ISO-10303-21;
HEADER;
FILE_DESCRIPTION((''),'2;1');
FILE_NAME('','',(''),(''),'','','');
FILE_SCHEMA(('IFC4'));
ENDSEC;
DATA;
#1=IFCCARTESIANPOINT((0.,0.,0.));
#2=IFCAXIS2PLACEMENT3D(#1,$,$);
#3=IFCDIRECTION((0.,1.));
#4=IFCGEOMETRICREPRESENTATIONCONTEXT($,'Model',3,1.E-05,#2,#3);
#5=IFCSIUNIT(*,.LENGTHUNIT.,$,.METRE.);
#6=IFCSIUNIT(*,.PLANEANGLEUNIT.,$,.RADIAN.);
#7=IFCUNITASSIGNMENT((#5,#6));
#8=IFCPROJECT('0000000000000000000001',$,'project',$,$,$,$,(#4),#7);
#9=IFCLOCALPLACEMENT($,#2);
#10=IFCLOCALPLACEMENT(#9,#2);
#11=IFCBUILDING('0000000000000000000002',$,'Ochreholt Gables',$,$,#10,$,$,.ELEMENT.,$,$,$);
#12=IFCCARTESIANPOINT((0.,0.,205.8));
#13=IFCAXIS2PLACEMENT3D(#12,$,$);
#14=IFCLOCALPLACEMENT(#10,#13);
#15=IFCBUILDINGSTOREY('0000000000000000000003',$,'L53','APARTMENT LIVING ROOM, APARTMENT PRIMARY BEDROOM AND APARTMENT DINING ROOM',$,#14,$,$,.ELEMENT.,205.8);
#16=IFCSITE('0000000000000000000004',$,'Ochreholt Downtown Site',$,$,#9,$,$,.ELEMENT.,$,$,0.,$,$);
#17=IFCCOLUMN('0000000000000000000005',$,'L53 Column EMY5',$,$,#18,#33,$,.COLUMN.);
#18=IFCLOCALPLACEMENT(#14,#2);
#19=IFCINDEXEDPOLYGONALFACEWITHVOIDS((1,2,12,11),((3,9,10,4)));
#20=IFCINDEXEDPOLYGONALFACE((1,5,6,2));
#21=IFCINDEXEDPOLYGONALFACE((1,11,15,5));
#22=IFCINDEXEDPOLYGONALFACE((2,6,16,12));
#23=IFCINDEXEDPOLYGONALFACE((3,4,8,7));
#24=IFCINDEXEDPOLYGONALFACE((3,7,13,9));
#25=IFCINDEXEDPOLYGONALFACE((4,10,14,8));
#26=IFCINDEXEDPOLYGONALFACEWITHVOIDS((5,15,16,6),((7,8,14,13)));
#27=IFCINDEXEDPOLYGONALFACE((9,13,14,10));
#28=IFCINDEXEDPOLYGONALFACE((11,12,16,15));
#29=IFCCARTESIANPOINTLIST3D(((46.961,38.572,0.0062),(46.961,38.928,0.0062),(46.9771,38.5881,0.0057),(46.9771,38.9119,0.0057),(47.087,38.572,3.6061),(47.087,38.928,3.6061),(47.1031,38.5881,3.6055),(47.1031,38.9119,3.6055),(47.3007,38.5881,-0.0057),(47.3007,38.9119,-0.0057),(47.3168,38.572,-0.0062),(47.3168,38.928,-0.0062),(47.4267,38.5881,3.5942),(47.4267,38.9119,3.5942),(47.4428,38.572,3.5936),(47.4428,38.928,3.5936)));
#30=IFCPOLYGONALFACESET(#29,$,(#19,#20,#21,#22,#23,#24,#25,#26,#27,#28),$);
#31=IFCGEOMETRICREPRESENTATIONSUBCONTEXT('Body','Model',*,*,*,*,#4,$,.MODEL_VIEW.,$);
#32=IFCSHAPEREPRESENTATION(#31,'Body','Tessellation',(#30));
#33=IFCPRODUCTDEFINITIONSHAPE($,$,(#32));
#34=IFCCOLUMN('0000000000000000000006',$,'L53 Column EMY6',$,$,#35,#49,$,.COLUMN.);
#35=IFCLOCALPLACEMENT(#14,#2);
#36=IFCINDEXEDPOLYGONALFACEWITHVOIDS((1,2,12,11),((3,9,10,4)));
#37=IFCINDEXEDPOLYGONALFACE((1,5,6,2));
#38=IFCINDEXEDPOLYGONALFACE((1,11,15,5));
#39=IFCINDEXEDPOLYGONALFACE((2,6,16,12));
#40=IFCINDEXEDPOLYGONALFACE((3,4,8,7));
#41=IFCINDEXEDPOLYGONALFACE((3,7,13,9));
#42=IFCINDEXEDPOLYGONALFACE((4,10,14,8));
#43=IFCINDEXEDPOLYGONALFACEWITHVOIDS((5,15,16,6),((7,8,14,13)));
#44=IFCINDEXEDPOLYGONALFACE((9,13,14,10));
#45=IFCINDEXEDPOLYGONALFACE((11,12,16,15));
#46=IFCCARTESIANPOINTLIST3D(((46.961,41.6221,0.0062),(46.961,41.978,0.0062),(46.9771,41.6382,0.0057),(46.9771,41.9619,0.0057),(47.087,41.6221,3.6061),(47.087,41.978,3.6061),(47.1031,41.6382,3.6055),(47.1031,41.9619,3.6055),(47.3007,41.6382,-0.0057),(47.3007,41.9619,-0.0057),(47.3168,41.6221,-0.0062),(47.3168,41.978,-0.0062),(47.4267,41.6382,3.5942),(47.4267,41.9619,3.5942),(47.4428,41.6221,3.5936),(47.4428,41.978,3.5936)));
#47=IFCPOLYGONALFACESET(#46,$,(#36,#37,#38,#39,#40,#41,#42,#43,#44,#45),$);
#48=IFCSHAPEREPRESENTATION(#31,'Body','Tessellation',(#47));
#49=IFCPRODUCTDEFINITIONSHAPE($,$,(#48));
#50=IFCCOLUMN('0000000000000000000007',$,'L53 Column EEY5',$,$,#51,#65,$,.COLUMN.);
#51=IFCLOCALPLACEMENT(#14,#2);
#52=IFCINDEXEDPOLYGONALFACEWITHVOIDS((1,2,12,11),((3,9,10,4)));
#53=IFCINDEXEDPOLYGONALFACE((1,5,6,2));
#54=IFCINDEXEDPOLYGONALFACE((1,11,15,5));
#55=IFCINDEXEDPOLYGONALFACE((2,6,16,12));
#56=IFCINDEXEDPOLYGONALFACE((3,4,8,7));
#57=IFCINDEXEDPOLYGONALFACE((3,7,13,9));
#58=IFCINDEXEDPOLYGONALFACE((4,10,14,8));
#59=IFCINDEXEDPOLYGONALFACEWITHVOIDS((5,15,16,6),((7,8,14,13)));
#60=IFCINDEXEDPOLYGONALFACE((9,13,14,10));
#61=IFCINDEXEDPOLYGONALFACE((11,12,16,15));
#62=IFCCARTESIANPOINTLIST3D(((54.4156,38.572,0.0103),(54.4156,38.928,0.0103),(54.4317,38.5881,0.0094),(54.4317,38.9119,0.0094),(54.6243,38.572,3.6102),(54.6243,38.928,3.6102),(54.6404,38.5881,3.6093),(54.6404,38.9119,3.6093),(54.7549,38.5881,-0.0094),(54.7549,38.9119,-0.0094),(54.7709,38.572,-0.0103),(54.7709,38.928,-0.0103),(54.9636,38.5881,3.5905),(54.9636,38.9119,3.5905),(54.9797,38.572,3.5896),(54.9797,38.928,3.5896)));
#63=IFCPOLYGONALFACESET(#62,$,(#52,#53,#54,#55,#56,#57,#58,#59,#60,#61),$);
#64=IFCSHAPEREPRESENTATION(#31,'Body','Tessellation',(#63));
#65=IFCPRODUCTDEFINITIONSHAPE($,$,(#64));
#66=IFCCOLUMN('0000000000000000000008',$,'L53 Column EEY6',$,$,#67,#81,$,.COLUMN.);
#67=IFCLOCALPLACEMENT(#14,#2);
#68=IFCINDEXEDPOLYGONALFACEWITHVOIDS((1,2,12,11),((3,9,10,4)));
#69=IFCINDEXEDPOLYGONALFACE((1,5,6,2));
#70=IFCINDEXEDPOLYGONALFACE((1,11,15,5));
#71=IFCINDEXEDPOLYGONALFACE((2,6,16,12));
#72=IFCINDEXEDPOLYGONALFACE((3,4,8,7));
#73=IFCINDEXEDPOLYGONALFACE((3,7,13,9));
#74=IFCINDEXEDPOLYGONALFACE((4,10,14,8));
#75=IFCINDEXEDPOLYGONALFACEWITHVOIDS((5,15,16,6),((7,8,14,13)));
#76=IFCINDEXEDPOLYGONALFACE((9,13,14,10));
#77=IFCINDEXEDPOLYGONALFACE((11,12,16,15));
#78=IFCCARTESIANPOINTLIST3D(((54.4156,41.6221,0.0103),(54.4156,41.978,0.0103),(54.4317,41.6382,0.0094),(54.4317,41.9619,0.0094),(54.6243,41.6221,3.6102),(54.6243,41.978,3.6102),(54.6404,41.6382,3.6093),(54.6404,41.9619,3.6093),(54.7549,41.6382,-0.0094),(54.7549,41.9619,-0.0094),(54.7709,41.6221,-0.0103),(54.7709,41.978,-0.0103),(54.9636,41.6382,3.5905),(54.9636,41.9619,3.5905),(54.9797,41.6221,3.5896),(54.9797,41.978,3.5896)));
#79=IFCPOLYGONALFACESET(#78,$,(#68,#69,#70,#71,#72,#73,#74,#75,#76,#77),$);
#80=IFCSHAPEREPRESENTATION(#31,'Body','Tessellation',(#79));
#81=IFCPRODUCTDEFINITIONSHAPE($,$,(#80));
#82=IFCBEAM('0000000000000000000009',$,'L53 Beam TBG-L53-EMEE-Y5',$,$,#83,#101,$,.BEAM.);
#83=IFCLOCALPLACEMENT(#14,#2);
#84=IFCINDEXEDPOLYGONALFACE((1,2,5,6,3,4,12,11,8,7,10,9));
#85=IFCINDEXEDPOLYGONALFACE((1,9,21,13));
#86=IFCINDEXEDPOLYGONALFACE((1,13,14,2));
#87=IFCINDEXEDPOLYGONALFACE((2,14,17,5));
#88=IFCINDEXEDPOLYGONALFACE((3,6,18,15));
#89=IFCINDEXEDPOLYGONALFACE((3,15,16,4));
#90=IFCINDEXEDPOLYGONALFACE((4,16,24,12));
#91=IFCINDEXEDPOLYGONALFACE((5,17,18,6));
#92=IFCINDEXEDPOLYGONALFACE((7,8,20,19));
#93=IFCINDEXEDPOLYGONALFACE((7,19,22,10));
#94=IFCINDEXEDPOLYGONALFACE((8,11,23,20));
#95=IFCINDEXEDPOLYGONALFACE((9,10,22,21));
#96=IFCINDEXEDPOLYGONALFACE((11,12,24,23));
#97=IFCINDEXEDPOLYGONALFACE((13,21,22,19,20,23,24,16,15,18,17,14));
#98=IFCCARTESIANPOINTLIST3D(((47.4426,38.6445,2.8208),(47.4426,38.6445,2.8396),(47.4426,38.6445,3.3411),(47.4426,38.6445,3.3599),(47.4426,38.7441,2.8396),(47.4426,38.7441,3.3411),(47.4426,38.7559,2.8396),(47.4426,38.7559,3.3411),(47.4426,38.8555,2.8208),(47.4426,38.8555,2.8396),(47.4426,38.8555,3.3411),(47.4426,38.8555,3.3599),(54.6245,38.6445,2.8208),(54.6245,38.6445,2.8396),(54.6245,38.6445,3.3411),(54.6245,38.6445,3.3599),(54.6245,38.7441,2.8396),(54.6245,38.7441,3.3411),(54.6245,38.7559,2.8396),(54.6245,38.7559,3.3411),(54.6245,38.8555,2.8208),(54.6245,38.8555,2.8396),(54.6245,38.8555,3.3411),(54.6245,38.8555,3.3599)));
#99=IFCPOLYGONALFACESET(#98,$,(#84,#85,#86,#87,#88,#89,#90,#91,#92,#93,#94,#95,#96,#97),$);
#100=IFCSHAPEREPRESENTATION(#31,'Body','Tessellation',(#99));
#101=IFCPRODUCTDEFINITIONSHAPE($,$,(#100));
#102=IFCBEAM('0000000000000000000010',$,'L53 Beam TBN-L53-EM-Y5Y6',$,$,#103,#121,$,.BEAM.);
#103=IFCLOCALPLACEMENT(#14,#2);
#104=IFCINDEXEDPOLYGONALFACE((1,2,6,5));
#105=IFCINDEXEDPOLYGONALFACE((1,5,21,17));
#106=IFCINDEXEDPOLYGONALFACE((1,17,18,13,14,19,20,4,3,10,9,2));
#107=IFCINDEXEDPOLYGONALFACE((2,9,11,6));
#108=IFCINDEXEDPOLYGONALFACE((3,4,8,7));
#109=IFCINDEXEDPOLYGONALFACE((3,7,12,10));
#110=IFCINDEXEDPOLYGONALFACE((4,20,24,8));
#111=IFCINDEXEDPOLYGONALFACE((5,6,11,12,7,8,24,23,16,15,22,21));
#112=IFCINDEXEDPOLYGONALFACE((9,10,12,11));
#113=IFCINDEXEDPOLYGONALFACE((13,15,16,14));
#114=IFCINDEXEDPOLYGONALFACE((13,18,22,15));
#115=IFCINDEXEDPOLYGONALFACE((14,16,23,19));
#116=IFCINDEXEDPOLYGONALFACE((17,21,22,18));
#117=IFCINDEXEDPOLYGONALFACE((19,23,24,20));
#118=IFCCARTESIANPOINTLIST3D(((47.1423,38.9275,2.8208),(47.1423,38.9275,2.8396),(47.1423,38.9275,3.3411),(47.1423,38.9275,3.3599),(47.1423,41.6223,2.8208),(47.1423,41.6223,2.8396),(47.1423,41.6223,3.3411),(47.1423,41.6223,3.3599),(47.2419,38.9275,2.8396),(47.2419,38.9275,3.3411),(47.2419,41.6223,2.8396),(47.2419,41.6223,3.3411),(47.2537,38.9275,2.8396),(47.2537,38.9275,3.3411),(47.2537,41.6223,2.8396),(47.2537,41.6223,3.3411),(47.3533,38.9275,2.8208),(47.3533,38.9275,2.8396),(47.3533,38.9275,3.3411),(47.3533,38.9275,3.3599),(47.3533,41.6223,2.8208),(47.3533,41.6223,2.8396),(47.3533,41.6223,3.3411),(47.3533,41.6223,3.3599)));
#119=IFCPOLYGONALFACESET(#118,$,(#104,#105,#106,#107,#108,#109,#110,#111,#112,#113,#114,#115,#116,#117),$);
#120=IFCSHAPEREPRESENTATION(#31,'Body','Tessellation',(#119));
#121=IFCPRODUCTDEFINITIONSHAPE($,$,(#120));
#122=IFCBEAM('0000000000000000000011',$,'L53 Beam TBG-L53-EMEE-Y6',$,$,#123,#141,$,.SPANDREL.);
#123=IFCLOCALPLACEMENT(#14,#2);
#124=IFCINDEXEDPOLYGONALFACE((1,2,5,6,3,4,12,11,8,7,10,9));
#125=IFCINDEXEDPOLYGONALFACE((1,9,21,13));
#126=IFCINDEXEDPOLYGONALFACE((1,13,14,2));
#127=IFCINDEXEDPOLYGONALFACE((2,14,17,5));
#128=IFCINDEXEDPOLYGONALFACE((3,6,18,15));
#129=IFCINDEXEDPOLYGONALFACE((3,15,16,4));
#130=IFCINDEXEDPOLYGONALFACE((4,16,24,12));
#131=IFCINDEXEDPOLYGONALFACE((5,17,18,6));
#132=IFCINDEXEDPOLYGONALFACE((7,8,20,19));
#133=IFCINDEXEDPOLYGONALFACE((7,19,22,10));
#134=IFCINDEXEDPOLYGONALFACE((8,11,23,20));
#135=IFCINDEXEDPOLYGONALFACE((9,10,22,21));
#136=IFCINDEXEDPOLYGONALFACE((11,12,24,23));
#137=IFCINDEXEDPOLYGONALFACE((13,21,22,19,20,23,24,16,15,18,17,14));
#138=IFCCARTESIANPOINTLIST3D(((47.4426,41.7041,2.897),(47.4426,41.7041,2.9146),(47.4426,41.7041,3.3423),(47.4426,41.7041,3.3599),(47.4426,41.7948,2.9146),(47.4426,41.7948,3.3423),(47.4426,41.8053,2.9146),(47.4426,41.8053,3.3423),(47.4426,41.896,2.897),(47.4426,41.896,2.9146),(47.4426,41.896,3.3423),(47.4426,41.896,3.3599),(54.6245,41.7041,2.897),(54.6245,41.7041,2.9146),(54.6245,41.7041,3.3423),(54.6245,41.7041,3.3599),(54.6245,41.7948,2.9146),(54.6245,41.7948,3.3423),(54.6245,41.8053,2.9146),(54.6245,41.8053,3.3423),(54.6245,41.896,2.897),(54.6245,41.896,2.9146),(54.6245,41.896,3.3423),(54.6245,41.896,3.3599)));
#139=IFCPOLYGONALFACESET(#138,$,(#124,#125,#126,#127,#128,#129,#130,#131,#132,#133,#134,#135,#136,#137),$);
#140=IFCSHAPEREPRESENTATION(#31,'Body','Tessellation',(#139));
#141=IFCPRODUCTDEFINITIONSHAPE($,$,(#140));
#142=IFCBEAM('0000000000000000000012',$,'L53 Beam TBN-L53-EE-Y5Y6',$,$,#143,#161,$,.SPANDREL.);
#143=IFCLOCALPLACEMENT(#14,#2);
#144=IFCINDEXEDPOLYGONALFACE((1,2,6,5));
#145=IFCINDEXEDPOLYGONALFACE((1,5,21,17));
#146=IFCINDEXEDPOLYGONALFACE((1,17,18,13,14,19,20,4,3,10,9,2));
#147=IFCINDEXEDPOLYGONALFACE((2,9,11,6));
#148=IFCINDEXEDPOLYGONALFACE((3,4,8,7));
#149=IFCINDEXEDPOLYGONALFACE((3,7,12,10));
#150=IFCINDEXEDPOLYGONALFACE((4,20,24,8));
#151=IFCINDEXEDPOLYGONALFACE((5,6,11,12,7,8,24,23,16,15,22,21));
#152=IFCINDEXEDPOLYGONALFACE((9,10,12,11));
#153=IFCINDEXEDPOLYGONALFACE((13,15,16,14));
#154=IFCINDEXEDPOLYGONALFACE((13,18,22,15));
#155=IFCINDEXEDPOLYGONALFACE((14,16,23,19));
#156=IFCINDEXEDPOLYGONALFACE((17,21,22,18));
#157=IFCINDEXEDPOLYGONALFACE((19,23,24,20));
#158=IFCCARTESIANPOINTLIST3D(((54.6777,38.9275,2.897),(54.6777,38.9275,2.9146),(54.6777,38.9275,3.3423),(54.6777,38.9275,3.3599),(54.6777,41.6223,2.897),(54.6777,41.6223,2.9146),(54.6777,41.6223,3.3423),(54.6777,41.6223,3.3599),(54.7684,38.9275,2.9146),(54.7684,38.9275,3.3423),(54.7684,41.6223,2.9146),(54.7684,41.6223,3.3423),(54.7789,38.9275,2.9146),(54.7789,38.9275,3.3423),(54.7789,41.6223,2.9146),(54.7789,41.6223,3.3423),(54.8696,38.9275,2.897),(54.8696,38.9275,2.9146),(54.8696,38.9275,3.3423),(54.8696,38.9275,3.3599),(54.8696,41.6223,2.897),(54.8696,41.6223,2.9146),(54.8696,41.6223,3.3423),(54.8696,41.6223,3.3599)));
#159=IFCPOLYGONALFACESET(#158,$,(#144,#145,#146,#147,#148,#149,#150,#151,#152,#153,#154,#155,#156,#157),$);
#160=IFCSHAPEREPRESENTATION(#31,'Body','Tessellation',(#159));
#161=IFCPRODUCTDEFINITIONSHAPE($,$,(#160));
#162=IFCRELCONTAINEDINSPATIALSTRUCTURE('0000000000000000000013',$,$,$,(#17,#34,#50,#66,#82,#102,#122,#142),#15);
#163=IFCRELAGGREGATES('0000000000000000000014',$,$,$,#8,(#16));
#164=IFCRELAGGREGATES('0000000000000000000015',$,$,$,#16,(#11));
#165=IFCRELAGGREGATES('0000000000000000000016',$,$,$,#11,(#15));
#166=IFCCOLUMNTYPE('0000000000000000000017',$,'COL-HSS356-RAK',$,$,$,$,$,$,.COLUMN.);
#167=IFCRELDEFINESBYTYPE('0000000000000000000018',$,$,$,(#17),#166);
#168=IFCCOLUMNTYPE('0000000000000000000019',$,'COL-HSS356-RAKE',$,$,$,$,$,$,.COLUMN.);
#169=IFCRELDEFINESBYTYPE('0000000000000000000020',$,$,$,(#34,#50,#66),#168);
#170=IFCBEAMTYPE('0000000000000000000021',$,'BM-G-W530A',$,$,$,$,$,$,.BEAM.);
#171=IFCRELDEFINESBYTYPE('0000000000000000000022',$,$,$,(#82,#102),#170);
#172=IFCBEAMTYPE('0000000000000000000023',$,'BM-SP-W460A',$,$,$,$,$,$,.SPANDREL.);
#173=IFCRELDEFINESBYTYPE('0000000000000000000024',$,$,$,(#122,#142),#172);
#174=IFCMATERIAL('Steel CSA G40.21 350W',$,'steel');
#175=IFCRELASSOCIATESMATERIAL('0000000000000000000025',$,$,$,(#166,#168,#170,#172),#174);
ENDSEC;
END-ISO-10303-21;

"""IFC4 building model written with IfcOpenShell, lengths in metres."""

from ifc_helpers import new_model, si_unit, direction, frame, origin, origin_2d, place, context, subcontext, project, spatial, hollow_rectangle, i_section, extrude, material, material_profile, profile_set, type_object, element, save


model = new_model("IFC4")

# Units and contexts
model_context = context("Model", 3, precision=1e-05, world=origin(), true_north=direction((0.0, 1.0)))
body_context = subcontext(model_context, "Body", "Model", "MODEL_VIEW")
ifc_project = project(units=[si_unit("LENGTHUNIT", "METRE"), si_unit("PLANEANGLEUNIT", "RADIAN")], contexts=[model_context])

# Site, building, storey
site_placement = place(None, origin())
site = spatial("IfcSite", under=ifc_project, at=site_placement, Name="Ochreholt Downtown Site", CompositionType="ELEMENT", RefElevation=0.0)
building_placement = place(site_placement, origin())
building = spatial("IfcBuilding", under=site, at=building_placement, Name="Ochreholt Gables", CompositionType="ELEMENT")
storey_placement = place(building_placement, frame((0.0, 0.0, 205.8)))
storey = spatial("IfcBuildingStorey", under=building, at=storey_placement, Name="L53", Description="APARTMENT LIVING ROOM, APARTMENT PRIMARY BEDROOM AND APARTMENT DINING ROOM", CompositionType="ELEMENT", Elevation=205.8)

# Columns
ifc_material_1 = material(Name="Steel CSA G40.21 350W", Category="steel")
ifc_material_profile_1 = material_profile(ifc_material_1, hollow_rectangle(XDim=0.356, YDim=0.356, WallThickness=0.0161, at=origin_2d()), Name="HSS356X356X16")
ifc_profile_set_1 = profile_set([ifc_material_profile_1], Name="Steel CSA G40.21 350W")
column_type_1 = type_object("IfcColumnType", Name="COL-HSS356-RAK", PredefinedType="COLUMN", material=ifc_profile_set_1)
column_1_placement = place(storey_placement, frame((47.1389, 38.75, 0.0), z_axis=(0.034974, 0.0, 0.999388), x_axis=(0.0, 1.0, 0.0)))
element("IfcColumn", 1, at=column_1_placement, inside=storey, type_object=column_type_1, Name="L53 Column EMY5", PredefinedType="COLUMN", context=body_context, shape_type="SweptSolid", body=[
    extrude(hollow_rectangle(XDim=0.356, YDim=0.356, WallThickness=0.0161, at=origin_2d()), origin(), (0.0, 0.0, 1.0), 3.6021),
])
ifc_material_profile_2 = material_profile(ifc_material_1, hollow_rectangle(XDim=0.356, YDim=0.356, WallThickness=0.0161, at=origin_2d()), Name="HSS356X356X16")
ifc_profile_set_2 = profile_set([ifc_material_profile_2], Name="Steel CSA G40.21 350W")
column_type_2 = type_object("IfcColumnType", Name="COL-HSS356-RAKE", PredefinedType="COLUMN", material=ifc_profile_set_2)
column_2_placement = place(storey_placement, frame((47.1389, 41.8, 0.0), z_axis=(0.034974, 0.0, 0.999388), x_axis=(0.0, 1.0, 0.0)))
element("IfcColumn", 2, at=column_2_placement, inside=storey, type_object=column_type_2, Name="L53 Column EMY6", PredefinedType="COLUMN", context=body_context, shape_type="SweptSolid", body=[
    extrude(hollow_rectangle(XDim=0.356, YDim=0.356, WallThickness=0.0161, at=origin_2d()), origin(), (0.0, 0.0, 1.0), 3.6021),
])
for number, where, z_axis, x_axis, name in (
    (3, (54.5933, 38.75, 0.0), (0.057889, 0.0, 0.998323), (0.0, 1.0, 0.0), "L53 Column EEY5"),
    (4, (54.5933, 41.8, 0.0), (0.057889, 0.0, 0.998323), (0.0, 1.0, 0.0), "L53 Column EEY6"),
):
    element("IfcColumn", number, at=place(storey_placement, frame(where, z_axis=z_axis, x_axis=x_axis)), inside=storey, type_object=column_type_2, Name=name, PredefinedType="COLUMN", context=body_context, shape_type="SweptSolid", body=[
        extrude(hollow_rectangle(XDim=0.356, YDim=0.356, WallThickness=0.0161, at=origin_2d()), origin(), (0.0, 0.0, 1.0), 3.606),
    ])

# Beams
ifc_material_profile_3 = material_profile(ifc_material_1, i_section(OverallWidth=0.2109, OverallDepth=0.5391, WebThickness=0.0117, FlangeThickness=0.0188, at=origin_2d()), Name="W530X109")
ifc_profile_set_3 = profile_set([ifc_material_profile_3], Name="Steel CSA G40.21 350W")
beam_type_1 = type_object("IfcBeamType", Name="BM-G-W530A", PredefinedType="BEAM", material=ifc_profile_set_3)
beam_1_placement = place(storey_placement, frame((47.4426, 38.75, 3.0903), z_axis=(1.0, 0.0, 0.0), x_axis=(0.0, 1.0, 0.0)))
element("IfcBeam", 5, at=beam_1_placement, inside=storey, type_object=beam_type_1, Name="L53 Beam TBG-L53-EMEE-Y5", PredefinedType="BEAM", context=body_context, shape_type="SweptSolid", body=[
    extrude(i_section(OverallWidth=0.2109, OverallDepth=0.5391, WebThickness=0.0117, FlangeThickness=0.0188, at=origin_2d()), origin(), (0.0, 0.0, 1.0), 7.1819),
])
beam_2_placement = place(storey_placement, frame((47.2478, 38.9275, 3.0903), z_axis=(0.0, 1.0, 0.0), x_axis=(-1.0, 0.0, 0.0)))
element("IfcBeam", 6, at=beam_2_placement, inside=storey, type_object=beam_type_1, Name="L53 Beam TBN-L53-EM-Y5Y6", PredefinedType="BEAM", context=body_context, shape_type="SweptSolid", body=[
    extrude(i_section(OverallWidth=0.2109, OverallDepth=0.5391, WebThickness=0.0117, FlangeThickness=0.0188, at=origin_2d()), origin(), (0.0, 0.0, 1.0), 2.6948),
])
ifc_material_profile_4 = material_profile(ifc_material_1, i_section(OverallWidth=0.1919, OverallDepth=0.4629, WebThickness=0.0105, FlangeThickness=0.0176, at=origin_2d()), Name="W460X89")
ifc_profile_set_4 = profile_set([ifc_material_profile_4], Name="Steel CSA G40.21 350W")
beam_type_2 = type_object("IfcBeamType", Name="BM-SP-W460A", PredefinedType="SPANDREL", material=ifc_profile_set_4)
beam_3_placement = place(storey_placement, frame((47.4426, 41.8, 3.1284), z_axis=(1.0, 0.0, 0.0), x_axis=(0.0, 1.0, 0.0)))
element("IfcBeam", 7, at=beam_3_placement, inside=storey, type_object=beam_type_2, Name="L53 Beam TBG-L53-EMEE-Y6", PredefinedType="SPANDREL", context=body_context, shape_type="SweptSolid", body=[
    extrude(i_section(OverallWidth=0.1919, OverallDepth=0.4629, WebThickness=0.0105, FlangeThickness=0.0176, at=origin_2d()), origin(), (0.0, 0.0, 1.0), 7.1819),
])
beam_4_placement = place(storey_placement, frame((54.7737, 38.9275, 3.1284), z_axis=(0.0, 1.0, 0.0), x_axis=(-1.0, 0.0, 0.0)))
element("IfcBeam", 8, at=beam_4_placement, inside=storey, type_object=beam_type_2, Name="L53 Beam TBN-L53-EE-Y5Y6", PredefinedType="SPANDREL", context=body_context, shape_type="SweptSolid", body=[
    extrude(i_section(OverallWidth=0.1919, OverallDepth=0.4629, WebThickness=0.0105, FlangeThickness=0.0176, at=origin_2d()), origin(), (0.0, 0.0, 1.0), 2.6948),
])

save(model, "model.ifc")
